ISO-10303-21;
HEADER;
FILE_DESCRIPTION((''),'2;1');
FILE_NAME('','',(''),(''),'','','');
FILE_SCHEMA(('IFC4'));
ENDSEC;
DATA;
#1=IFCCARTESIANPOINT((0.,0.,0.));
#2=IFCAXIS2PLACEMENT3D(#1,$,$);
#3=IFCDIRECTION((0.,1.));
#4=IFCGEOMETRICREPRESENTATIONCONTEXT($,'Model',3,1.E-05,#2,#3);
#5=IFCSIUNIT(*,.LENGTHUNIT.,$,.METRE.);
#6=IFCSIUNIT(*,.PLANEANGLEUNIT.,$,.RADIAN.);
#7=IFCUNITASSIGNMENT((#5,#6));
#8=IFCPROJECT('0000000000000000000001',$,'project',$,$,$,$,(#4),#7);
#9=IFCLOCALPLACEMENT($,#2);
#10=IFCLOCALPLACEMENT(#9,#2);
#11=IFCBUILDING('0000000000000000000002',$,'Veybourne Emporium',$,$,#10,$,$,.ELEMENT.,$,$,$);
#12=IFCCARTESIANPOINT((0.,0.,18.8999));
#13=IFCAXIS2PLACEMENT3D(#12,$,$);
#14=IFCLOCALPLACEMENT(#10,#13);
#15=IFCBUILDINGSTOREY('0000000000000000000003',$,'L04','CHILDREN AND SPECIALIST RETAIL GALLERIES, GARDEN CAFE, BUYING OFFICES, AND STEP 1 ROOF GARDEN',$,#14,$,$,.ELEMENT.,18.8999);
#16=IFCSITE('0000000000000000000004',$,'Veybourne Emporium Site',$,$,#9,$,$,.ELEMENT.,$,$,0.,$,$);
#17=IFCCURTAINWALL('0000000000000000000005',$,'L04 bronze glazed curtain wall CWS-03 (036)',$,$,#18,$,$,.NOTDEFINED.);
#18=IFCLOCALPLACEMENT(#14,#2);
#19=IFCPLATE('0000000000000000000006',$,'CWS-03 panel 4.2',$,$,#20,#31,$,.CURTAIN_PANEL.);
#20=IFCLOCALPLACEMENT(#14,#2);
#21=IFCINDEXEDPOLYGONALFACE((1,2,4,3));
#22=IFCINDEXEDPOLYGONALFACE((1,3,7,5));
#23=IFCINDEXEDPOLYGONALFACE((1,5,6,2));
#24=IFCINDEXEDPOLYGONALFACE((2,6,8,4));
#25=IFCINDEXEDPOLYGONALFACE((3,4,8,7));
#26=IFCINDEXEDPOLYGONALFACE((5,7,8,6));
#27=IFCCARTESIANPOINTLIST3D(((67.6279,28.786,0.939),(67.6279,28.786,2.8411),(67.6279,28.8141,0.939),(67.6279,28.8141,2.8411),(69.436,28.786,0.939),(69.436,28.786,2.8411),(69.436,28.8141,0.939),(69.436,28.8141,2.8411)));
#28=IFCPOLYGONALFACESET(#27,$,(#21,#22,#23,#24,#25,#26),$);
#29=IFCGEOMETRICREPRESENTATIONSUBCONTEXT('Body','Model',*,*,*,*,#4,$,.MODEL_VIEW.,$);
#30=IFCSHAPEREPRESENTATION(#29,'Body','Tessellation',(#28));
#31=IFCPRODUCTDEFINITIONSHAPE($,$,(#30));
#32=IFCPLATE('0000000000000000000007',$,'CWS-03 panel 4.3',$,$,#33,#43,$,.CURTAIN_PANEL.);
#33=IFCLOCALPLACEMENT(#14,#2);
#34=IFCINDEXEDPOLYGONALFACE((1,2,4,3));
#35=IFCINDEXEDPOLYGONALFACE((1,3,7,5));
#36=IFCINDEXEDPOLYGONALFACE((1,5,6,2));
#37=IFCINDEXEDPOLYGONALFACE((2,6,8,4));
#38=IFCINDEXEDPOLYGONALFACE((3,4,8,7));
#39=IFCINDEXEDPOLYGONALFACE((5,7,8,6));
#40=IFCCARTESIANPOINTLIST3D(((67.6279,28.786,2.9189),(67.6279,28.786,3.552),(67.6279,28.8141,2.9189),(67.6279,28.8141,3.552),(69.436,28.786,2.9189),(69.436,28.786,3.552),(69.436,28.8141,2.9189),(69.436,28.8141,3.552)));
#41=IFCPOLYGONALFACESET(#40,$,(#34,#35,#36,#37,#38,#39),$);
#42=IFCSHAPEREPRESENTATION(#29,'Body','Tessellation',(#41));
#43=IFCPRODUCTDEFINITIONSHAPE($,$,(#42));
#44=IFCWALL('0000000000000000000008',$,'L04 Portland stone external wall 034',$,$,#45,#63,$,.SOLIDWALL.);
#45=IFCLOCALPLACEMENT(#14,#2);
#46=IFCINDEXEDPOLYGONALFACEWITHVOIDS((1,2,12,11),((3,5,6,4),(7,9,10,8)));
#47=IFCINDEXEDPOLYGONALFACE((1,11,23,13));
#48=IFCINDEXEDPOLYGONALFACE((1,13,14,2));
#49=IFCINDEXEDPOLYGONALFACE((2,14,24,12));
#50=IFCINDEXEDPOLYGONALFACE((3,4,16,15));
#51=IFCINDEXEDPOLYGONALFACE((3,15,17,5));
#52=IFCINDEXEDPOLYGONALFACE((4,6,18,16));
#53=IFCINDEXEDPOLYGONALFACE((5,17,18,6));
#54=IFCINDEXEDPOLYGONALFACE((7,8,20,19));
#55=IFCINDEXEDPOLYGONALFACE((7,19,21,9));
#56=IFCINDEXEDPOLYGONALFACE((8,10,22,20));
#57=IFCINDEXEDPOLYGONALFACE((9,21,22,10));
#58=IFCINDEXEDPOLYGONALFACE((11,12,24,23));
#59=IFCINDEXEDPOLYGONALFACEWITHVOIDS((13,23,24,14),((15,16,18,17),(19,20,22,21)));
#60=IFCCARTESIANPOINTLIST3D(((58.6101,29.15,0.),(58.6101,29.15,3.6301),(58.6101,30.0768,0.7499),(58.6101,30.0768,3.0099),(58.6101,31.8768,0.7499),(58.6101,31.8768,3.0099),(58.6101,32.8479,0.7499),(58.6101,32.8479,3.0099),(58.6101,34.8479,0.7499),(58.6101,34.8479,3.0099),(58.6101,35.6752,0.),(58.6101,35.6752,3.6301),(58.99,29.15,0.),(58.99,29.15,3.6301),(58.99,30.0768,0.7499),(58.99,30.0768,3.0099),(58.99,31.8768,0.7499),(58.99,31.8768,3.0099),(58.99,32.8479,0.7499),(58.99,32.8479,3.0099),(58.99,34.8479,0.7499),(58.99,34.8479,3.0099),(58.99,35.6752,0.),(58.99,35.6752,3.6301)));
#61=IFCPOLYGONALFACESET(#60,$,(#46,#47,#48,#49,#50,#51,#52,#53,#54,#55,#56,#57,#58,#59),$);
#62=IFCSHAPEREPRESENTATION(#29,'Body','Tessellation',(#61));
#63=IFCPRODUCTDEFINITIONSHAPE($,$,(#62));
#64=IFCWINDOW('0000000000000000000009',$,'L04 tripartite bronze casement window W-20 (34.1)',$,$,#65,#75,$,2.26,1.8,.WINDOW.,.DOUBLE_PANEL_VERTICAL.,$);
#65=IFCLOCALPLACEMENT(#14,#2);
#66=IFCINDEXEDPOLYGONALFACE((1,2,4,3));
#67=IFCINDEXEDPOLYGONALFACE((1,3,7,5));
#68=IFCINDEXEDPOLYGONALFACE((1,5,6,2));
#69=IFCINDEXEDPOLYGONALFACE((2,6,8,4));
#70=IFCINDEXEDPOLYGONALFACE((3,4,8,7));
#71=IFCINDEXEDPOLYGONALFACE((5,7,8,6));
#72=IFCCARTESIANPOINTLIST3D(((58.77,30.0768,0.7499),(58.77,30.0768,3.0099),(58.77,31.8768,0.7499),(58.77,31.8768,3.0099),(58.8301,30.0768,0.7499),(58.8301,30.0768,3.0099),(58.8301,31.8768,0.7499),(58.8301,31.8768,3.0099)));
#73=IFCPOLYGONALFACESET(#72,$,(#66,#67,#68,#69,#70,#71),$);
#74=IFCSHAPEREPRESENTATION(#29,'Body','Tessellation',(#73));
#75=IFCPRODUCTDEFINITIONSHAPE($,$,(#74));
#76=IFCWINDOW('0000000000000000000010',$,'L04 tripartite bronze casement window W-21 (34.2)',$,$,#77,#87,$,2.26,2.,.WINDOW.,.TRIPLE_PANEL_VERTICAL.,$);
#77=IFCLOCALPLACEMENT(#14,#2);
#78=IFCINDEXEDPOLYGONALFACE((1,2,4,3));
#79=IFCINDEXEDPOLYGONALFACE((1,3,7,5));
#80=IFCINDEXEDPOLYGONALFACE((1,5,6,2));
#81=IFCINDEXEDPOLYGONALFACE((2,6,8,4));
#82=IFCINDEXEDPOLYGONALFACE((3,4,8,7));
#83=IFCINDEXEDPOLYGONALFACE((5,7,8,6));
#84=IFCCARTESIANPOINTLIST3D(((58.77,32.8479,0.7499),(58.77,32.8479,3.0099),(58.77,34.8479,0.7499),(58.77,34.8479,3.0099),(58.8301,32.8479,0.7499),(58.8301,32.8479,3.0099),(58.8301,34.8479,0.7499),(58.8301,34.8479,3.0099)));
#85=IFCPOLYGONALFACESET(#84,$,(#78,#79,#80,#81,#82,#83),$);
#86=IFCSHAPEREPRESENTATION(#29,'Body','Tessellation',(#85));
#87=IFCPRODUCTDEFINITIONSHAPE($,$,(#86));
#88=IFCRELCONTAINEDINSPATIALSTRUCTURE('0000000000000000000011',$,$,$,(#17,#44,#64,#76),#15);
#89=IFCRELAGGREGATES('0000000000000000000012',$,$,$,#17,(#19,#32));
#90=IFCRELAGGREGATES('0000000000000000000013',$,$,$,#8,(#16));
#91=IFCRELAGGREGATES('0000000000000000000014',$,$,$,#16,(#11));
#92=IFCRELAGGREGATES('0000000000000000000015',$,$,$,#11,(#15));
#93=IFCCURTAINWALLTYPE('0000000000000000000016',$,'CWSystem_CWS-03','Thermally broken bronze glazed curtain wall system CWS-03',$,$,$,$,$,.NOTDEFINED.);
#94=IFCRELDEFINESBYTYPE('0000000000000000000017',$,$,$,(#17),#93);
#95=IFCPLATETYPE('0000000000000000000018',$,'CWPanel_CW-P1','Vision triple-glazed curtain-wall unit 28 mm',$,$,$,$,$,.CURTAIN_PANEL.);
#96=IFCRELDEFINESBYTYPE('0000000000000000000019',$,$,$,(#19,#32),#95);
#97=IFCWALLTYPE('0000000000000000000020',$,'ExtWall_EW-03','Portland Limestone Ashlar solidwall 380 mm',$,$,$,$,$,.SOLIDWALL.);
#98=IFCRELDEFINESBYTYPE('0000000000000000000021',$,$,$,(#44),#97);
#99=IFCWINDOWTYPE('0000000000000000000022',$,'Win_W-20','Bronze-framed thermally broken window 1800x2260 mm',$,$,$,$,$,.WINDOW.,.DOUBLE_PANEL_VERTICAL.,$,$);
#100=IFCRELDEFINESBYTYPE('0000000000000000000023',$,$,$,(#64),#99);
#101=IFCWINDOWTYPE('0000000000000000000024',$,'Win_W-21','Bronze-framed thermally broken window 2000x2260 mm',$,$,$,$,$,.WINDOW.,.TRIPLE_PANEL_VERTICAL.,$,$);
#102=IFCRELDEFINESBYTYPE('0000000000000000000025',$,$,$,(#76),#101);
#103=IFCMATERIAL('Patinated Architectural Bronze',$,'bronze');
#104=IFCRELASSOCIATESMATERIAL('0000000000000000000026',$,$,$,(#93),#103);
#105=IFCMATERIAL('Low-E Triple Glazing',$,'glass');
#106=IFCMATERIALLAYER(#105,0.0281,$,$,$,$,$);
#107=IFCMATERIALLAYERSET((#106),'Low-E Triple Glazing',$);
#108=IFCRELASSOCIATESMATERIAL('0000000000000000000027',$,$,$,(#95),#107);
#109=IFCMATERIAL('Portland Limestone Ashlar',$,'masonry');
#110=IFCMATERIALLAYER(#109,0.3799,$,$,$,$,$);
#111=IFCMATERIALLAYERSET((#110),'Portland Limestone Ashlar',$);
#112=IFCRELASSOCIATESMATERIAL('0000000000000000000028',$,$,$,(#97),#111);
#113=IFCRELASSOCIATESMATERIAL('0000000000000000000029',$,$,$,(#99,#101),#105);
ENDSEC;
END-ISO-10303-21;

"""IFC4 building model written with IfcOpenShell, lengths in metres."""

from ifc_helpers import new_model, si_unit, direction, frame, frame_2d, origin, origin_2d, place, context, subcontext, project, spatial, rectangle, extrude, material, layer, layer_set, type_object, element, fill, aggregate, save


model = new_model("IFC4")

# Units and contexts
model_context = context("Model", 3, precision=1e-05, world=origin(), true_north=direction((0.0, 1.0)))
body_context = subcontext(model_context, "Body", "Model", "MODEL_VIEW")
ifc_project = project(units=[si_unit("LENGTHUNIT", "METRE"), si_unit("PLANEANGLEUNIT", "RADIAN")], contexts=[model_context])

# Site, building, storey
site_placement = place(None, origin())
site = spatial("IfcSite", under=ifc_project, at=site_placement, Name="Veybourne Emporium Site", CompositionType="ELEMENT", RefElevation=0.0)
building_placement = place(site_placement, origin())
building = spatial("IfcBuilding", under=site, at=building_placement, Name="Veybourne Emporium", CompositionType="ELEMENT")
storey_placement = place(building_placement, frame((0.0, 0.0, 18.8999)))
storey = spatial("IfcBuildingStorey", under=building, at=storey_placement, Name="L04", Description="CHILDREN AND SPECIALIST RETAIL GALLERIES, GARDEN CAFE, BUYING OFFICES, AND STEP 1 ROOF GARDEN", CompositionType="ELEMENT", Elevation=18.8999)

# Curtain wall
ifc_material_1 = material(Name="Patinated Architectural Bronze", Category="bronze")
curtain_wall_type_1 = type_object("IfcCurtainWallType", Name="CWSystem_CWS-03", Description="Thermally broken bronze glazed curtain wall system CWS-03", PredefinedType="NOTDEFINED", material=ifc_material_1)
curtain_wall_1_placement = place(storey_placement, origin())
curtain_wall_1 = element("IfcCurtainWall", 1, at=curtain_wall_1_placement, inside=storey, type_object=curtain_wall_type_1, Name="L04 bronze glazed curtain wall CWS-03 (036)", PredefinedType="NOTDEFINED")

# Plates
ifc_material_2 = material(Name="Low-E Triple Glazing", Category="glass")
ifc_layer_1 = layer(ifc_material_2, 0.0281)
ifc_layer_set_1 = layer_set([ifc_layer_1], Name="Low-E Triple Glazing")
plate_type = type_object("IfcPlateType", Name="CWPanel_CW-P1", Description="Vision triple-glazed curtain-wall unit 28 mm", PredefinedType="CURTAIN_PANEL", material=ifc_layer_set_1)
plate_1_placement = place(storey_placement, frame((68.532, 28.8, 0.939), z_axis=(0.0, 0.0, 1.0), x_axis=(-1.0, 0.0, 0.0)))
plate_1 = element("IfcPlate", 2, at=plate_1_placement, type_object=plate_type, Name="CWS-03 panel 4.2", PredefinedType="CURTAIN_PANEL", context=body_context, shape_type="SweptSolid", body=[
    extrude(rectangle(XDim=1.8081, YDim=0.0281, at=origin_2d()), origin(), (0.0, 0.0, 1.0), 1.9021),
])
plate_2_placement = place(storey_placement, frame((68.532, 28.8, 2.9189), z_axis=(0.0, 0.0, 1.0), x_axis=(-1.0, 0.0, 0.0)))
plate_2 = element("IfcPlate", 3, at=plate_2_placement, type_object=plate_type, Name="CWS-03 panel 4.3", PredefinedType="CURTAIN_PANEL", context=body_context, shape_type="SweptSolid", body=[
    extrude(rectangle(XDim=1.8081, YDim=0.0281, at=origin_2d()), origin(), (0.0, 0.0, 1.0), 0.6331),
])
aggregate(curtain_wall_1, [plate_1, plate_2])

# Wall, openings, windows
ifc_material_3 = material(Name="Portland Limestone Ashlar", Category="masonry")
ifc_layer_2 = layer(ifc_material_3, 0.3799)
ifc_layer_set_2 = layer_set([ifc_layer_2], Name="Portland Limestone Ashlar")
wall_type = type_object("IfcWallType", Name="ExtWall_EW-03", Description="Portland Limestone Ashlar solidwall 380 mm", PredefinedType="SOLIDWALL", material=ifc_layer_set_2)
wall_placement = place(storey_placement, frame((58.8, 29.1499, 0.0), z_axis=(0.0, 0.0, 1.0), x_axis=(0.0, 1.0, 0.0)))
wall = element("IfcWall", 4, at=wall_placement, inside=storey, type_object=wall_type, Name="L04 Portland stone external wall 034", PredefinedType="SOLIDWALL", context=body_context, shape_type="SweptSolid", body=[
    extrude(rectangle(XDim=6.5251, YDim=0.3799, at=frame_2d((3.2627, 0.0))), origin(), (0.0, 0.0, 1.0), 3.6301),
])
opening_1_placement = place(wall_placement, frame((0.927, 0.0, 0.75)))
opening_1 = element("IfcOpeningElement", 5, at=opening_1_placement, cuts=wall, PredefinedType="OPENING", context=body_context, shape_type="SweptSolid", body=[
    extrude(rectangle(XDim=1.8, YDim=2.26, at=frame_2d((0.8999, 1.1299))), frame((0.0, 0.21, 0.0), z_axis=(0.0, -1.0, 0.0), x_axis=(1.0, 0.0, 0.0)), (0.0, 0.0, 1.0), 0.4199),
])
opening_2_placement = place(wall_placement, frame((3.698, 0.0, 0.75)))
opening_2 = element("IfcOpeningElement", 6, at=opening_2_placement, cuts=wall, PredefinedType="OPENING", context=body_context, shape_type="SweptSolid", body=[
    extrude(rectangle(XDim=2.0, YDim=2.26, at=frame_2d((1.0, 1.1299))), frame((0.0, 0.21, 0.0), z_axis=(0.0, -1.0, 0.0), x_axis=(1.0, 0.0, 0.0)), (0.0, 0.0, 1.0), 0.4199),
])
window_type_1 = type_object("IfcWindowType", Name="Win_W-20", Description="Bronze-framed thermally broken window 1800x2260 mm", PartitioningType="DOUBLE_PANEL_VERTICAL", PredefinedType="WINDOW", material=ifc_material_2)
window_1_placement = place(opening_1_placement, origin())
window_1 = element("IfcWindow", 7, at=window_1_placement, inside=storey, type_object=window_type_1, Name="L04 tripartite bronze casement window W-20 (34.1)", OverallHeight=2.26, OverallWidth=1.8, PartitioningType="DOUBLE_PANEL_VERTICAL", PredefinedType="WINDOW", context=body_context, shape_type="SweptSolid", body=[
    extrude(rectangle(XDim=1.8, YDim=2.26, at=frame_2d((0.8999, 1.1299))), frame((0.0, 0.03, 0.0), z_axis=(0.0, -1.0, 0.0), x_axis=(1.0, 0.0, 0.0)), (0.0, 0.0, 1.0), 0.0601),
])
fill(opening_1, window_1)
window_type_2 = type_object("IfcWindowType", Name="Win_W-21", Description="Bronze-framed thermally broken window 2000x2260 mm", PartitioningType="TRIPLE_PANEL_VERTICAL", PredefinedType="WINDOW", material=ifc_material_2)
window_2_placement = place(opening_2_placement, origin())
window_2 = element("IfcWindow", 8, at=window_2_placement, inside=storey, type_object=window_type_2, Name="L04 tripartite bronze casement window W-21 (34.2)", OverallHeight=2.26, OverallWidth=2.0, PartitioningType="TRIPLE_PANEL_VERTICAL", PredefinedType="WINDOW", context=body_context, shape_type="SweptSolid", body=[
    extrude(rectangle(XDim=2.0, YDim=2.26, at=frame_2d((1.0, 1.1299))), frame((0.0, 0.03, 0.0), z_axis=(0.0, -1.0, 0.0), x_axis=(1.0, 0.0, 0.0)), (0.0, 0.0, 1.0), 0.0601),
])
fill(opening_2, window_2)

save(model, "model.ifc")
